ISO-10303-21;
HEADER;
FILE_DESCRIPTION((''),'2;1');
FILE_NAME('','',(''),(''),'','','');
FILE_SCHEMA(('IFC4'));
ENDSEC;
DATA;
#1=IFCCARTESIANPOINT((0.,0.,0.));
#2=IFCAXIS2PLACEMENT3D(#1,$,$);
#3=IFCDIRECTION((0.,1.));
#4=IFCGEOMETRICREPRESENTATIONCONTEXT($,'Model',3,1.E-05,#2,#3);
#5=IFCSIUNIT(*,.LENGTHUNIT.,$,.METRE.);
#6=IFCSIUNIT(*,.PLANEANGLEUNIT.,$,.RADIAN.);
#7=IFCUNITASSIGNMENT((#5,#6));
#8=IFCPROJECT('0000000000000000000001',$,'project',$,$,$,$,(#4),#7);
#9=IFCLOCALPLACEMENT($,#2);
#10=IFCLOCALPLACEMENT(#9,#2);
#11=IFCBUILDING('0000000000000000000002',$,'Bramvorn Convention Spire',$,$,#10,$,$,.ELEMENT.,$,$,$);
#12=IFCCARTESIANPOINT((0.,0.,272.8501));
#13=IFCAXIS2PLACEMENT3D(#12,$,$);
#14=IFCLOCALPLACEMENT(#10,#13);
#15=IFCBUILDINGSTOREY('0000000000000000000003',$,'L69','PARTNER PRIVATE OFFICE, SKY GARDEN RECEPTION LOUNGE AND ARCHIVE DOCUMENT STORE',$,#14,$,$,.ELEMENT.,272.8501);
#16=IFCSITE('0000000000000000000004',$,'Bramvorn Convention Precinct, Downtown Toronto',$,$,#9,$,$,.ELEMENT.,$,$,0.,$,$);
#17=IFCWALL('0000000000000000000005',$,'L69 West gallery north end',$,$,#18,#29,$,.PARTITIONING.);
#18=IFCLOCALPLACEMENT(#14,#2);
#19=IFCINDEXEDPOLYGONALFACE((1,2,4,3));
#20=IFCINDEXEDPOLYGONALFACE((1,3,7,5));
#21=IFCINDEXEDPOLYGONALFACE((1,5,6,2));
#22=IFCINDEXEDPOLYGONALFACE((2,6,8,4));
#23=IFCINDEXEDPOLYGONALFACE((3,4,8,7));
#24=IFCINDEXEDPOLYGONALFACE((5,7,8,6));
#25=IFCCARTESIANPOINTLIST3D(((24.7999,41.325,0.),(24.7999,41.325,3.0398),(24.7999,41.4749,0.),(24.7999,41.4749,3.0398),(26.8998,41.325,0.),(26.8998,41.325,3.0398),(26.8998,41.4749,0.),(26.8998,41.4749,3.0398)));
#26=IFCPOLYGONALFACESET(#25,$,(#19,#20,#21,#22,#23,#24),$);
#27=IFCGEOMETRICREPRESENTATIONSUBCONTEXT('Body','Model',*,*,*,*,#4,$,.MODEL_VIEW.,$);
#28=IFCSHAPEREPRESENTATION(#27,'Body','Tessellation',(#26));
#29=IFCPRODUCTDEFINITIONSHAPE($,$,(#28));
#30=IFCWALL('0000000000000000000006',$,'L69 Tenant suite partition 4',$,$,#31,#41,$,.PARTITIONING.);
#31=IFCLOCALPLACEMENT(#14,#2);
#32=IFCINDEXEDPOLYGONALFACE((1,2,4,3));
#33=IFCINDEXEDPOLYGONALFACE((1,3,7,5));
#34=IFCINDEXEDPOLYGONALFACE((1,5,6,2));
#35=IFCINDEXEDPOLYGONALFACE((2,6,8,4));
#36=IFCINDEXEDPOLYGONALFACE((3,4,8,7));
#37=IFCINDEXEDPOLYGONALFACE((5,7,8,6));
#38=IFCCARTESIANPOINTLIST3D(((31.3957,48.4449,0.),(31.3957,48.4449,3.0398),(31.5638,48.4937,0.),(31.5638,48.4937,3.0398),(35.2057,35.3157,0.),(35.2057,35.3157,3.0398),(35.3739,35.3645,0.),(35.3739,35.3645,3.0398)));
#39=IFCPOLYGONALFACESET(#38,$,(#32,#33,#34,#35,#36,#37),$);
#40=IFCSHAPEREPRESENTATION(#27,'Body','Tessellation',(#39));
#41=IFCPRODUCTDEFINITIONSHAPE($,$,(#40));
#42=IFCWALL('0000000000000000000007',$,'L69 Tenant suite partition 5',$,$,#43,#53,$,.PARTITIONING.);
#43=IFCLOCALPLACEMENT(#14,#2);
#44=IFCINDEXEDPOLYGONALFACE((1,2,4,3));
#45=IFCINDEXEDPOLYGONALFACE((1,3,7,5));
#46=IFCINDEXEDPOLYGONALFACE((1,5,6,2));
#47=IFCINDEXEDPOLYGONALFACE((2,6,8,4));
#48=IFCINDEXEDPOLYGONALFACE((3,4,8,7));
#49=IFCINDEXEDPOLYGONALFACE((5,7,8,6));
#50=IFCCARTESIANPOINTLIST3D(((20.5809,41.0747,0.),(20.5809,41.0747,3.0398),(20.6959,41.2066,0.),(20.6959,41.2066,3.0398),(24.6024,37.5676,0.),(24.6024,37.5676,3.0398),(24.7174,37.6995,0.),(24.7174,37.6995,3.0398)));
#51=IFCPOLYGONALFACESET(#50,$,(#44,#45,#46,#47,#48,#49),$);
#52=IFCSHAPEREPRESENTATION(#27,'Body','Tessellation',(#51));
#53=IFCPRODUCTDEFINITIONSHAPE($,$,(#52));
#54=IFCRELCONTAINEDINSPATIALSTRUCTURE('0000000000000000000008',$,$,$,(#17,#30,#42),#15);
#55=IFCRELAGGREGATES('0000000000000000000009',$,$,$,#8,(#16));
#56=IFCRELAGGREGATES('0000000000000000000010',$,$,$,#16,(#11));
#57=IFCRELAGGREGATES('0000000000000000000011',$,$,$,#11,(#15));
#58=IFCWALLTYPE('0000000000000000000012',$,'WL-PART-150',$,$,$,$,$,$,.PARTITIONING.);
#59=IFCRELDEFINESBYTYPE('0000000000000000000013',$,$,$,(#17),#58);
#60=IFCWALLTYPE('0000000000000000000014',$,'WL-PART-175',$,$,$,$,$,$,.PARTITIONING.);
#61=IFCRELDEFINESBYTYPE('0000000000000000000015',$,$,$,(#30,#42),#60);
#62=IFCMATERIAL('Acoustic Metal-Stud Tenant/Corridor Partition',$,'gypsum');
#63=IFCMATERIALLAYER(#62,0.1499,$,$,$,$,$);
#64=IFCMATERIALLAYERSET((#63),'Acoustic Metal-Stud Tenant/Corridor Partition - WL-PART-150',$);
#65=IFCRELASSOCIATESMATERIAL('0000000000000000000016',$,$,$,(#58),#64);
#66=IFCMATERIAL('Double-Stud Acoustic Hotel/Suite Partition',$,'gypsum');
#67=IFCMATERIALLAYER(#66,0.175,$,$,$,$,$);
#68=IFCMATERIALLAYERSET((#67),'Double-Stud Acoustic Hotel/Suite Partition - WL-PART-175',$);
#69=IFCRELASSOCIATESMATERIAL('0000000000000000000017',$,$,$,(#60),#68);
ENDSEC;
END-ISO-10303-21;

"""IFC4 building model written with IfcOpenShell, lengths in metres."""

from ifc_helpers import new_model, si_unit, direction, frame, frame_2d, origin, place, context, subcontext, project, spatial, rectangle, extrude, material, layer, layer_set, type_object, element, save


model = new_model("IFC4")

# Units and contexts
model_context = context("Model", 3, precision=1e-05, world=origin(), true_north=direction((0.0, 1.0)))
body_context = subcontext(model_context, "Body", "Model", "MODEL_VIEW")
ifc_project = project(units=[si_unit("LENGTHUNIT", "METRE"), si_unit("PLANEANGLEUNIT", "RADIAN")], contexts=[model_context])

# Site, building, storey
site_placement = place(None, origin())
site = spatial("IfcSite", under=ifc_project, at=site_placement, Name="Bramvorn Convention Precinct, Downtown Toronto", CompositionType="ELEMENT", RefElevation=0.0)
building_placement = place(site_placement, origin())
building = spatial("IfcBuilding", under=site, at=building_placement, Name="Bramvorn Convention Spire", CompositionType="ELEMENT")
storey_placement = place(building_placement, frame((0.0, 0.0, 272.8501)))
storey = spatial("IfcBuildingStorey", under=building, at=storey_placement, Name="L69", Description="PARTNER PRIVATE OFFICE, SKY GARDEN RECEPTION LOUNGE AND ARCHIVE DOCUMENT STORE", CompositionType="ELEMENT", Elevation=272.8501)

# Shared definitions
ifc_material_1 = material(Name="Acoustic Metal-Stud Tenant/Corridor Partition", Category="gypsum")
ifc_layer_1 = layer(ifc_material_1, 0.1499)
ifc_layer_set_1 = layer_set([ifc_layer_1], Name="Acoustic Metal-Stud Tenant/Corridor Partition - WL-PART-150")
wall_type_1 = type_object("IfcWallType", Name="WL-PART-150", PredefinedType="PARTITIONING", material=ifc_layer_set_1)

# Walls
wall_1_placement = place(storey_placement, frame((24.8, 41.3999, 0.0), z_axis=(0.0, 0.0, 1.0), x_axis=(1.0, 0.0, 0.0)))
element("IfcWall", 1, at=wall_1_placement, inside=storey, type_object=wall_type_1, Name="L69 West gallery north end", PredefinedType="PARTITIONING", context=body_context, shape_type="SweptSolid", body=[
    extrude(rectangle(XDim=2.0999, YDim=0.1499, at=frame_2d((1.0498, 0.0))), origin(), (0.0, 0.0, 1.0), 3.0398),
])
ifc_material_2 = material(Name="Double-Stud Acoustic Hotel/Suite Partition", Category="gypsum")
ifc_layer_2 = layer(ifc_material_2, 0.175)
ifc_layer_set_2 = layer_set([ifc_layer_2], Name="Double-Stud Acoustic Hotel/Suite Partition - WL-PART-175")
wall_type_2 = type_object("IfcWallType", Name="WL-PART-175", PredefinedType="PARTITIONING", material=ifc_layer_set_2)
wall_2_placement = place(storey_placement, frame((35.2898, 35.3401, 0.0), z_axis=(0.0, 0.0, 1.0), x_axis=(-0.2787, 0.960378, 0.0)))
element("IfcWall", 2, at=wall_2_placement, inside=storey, type_object=wall_type_2, Name="L69 Tenant suite partition 4", PredefinedType="PARTITIONING", context=body_context, shape_type="SweptSolid", body=[
    extrude(rectangle(XDim=13.6709, YDim=0.175, at=frame_2d((6.8354, 0.0))), origin(), (0.0, 0.0, 1.0), 3.0398),
])
wall_3_placement = place(storey_placement, frame((24.6599, 37.6335, 0.0), z_axis=(0.0, 0.0, 1.0), x_axis=(-0.753664, 0.65726, 0.0)))
element("IfcWall", 3, at=wall_3_placement, inside=storey, type_object=wall_type_2, Name="L69 Tenant suite partition 5", PredefinedType="PARTITIONING", context=body_context, shape_type="SweptSolid", body=[
    extrude(rectangle(XDim=5.3359, YDim=0.175, at=frame_2d((2.668, 0.0))), origin(), (0.0, 0.0, 1.0), 3.0398),
])

save(model, "model.ifc")
